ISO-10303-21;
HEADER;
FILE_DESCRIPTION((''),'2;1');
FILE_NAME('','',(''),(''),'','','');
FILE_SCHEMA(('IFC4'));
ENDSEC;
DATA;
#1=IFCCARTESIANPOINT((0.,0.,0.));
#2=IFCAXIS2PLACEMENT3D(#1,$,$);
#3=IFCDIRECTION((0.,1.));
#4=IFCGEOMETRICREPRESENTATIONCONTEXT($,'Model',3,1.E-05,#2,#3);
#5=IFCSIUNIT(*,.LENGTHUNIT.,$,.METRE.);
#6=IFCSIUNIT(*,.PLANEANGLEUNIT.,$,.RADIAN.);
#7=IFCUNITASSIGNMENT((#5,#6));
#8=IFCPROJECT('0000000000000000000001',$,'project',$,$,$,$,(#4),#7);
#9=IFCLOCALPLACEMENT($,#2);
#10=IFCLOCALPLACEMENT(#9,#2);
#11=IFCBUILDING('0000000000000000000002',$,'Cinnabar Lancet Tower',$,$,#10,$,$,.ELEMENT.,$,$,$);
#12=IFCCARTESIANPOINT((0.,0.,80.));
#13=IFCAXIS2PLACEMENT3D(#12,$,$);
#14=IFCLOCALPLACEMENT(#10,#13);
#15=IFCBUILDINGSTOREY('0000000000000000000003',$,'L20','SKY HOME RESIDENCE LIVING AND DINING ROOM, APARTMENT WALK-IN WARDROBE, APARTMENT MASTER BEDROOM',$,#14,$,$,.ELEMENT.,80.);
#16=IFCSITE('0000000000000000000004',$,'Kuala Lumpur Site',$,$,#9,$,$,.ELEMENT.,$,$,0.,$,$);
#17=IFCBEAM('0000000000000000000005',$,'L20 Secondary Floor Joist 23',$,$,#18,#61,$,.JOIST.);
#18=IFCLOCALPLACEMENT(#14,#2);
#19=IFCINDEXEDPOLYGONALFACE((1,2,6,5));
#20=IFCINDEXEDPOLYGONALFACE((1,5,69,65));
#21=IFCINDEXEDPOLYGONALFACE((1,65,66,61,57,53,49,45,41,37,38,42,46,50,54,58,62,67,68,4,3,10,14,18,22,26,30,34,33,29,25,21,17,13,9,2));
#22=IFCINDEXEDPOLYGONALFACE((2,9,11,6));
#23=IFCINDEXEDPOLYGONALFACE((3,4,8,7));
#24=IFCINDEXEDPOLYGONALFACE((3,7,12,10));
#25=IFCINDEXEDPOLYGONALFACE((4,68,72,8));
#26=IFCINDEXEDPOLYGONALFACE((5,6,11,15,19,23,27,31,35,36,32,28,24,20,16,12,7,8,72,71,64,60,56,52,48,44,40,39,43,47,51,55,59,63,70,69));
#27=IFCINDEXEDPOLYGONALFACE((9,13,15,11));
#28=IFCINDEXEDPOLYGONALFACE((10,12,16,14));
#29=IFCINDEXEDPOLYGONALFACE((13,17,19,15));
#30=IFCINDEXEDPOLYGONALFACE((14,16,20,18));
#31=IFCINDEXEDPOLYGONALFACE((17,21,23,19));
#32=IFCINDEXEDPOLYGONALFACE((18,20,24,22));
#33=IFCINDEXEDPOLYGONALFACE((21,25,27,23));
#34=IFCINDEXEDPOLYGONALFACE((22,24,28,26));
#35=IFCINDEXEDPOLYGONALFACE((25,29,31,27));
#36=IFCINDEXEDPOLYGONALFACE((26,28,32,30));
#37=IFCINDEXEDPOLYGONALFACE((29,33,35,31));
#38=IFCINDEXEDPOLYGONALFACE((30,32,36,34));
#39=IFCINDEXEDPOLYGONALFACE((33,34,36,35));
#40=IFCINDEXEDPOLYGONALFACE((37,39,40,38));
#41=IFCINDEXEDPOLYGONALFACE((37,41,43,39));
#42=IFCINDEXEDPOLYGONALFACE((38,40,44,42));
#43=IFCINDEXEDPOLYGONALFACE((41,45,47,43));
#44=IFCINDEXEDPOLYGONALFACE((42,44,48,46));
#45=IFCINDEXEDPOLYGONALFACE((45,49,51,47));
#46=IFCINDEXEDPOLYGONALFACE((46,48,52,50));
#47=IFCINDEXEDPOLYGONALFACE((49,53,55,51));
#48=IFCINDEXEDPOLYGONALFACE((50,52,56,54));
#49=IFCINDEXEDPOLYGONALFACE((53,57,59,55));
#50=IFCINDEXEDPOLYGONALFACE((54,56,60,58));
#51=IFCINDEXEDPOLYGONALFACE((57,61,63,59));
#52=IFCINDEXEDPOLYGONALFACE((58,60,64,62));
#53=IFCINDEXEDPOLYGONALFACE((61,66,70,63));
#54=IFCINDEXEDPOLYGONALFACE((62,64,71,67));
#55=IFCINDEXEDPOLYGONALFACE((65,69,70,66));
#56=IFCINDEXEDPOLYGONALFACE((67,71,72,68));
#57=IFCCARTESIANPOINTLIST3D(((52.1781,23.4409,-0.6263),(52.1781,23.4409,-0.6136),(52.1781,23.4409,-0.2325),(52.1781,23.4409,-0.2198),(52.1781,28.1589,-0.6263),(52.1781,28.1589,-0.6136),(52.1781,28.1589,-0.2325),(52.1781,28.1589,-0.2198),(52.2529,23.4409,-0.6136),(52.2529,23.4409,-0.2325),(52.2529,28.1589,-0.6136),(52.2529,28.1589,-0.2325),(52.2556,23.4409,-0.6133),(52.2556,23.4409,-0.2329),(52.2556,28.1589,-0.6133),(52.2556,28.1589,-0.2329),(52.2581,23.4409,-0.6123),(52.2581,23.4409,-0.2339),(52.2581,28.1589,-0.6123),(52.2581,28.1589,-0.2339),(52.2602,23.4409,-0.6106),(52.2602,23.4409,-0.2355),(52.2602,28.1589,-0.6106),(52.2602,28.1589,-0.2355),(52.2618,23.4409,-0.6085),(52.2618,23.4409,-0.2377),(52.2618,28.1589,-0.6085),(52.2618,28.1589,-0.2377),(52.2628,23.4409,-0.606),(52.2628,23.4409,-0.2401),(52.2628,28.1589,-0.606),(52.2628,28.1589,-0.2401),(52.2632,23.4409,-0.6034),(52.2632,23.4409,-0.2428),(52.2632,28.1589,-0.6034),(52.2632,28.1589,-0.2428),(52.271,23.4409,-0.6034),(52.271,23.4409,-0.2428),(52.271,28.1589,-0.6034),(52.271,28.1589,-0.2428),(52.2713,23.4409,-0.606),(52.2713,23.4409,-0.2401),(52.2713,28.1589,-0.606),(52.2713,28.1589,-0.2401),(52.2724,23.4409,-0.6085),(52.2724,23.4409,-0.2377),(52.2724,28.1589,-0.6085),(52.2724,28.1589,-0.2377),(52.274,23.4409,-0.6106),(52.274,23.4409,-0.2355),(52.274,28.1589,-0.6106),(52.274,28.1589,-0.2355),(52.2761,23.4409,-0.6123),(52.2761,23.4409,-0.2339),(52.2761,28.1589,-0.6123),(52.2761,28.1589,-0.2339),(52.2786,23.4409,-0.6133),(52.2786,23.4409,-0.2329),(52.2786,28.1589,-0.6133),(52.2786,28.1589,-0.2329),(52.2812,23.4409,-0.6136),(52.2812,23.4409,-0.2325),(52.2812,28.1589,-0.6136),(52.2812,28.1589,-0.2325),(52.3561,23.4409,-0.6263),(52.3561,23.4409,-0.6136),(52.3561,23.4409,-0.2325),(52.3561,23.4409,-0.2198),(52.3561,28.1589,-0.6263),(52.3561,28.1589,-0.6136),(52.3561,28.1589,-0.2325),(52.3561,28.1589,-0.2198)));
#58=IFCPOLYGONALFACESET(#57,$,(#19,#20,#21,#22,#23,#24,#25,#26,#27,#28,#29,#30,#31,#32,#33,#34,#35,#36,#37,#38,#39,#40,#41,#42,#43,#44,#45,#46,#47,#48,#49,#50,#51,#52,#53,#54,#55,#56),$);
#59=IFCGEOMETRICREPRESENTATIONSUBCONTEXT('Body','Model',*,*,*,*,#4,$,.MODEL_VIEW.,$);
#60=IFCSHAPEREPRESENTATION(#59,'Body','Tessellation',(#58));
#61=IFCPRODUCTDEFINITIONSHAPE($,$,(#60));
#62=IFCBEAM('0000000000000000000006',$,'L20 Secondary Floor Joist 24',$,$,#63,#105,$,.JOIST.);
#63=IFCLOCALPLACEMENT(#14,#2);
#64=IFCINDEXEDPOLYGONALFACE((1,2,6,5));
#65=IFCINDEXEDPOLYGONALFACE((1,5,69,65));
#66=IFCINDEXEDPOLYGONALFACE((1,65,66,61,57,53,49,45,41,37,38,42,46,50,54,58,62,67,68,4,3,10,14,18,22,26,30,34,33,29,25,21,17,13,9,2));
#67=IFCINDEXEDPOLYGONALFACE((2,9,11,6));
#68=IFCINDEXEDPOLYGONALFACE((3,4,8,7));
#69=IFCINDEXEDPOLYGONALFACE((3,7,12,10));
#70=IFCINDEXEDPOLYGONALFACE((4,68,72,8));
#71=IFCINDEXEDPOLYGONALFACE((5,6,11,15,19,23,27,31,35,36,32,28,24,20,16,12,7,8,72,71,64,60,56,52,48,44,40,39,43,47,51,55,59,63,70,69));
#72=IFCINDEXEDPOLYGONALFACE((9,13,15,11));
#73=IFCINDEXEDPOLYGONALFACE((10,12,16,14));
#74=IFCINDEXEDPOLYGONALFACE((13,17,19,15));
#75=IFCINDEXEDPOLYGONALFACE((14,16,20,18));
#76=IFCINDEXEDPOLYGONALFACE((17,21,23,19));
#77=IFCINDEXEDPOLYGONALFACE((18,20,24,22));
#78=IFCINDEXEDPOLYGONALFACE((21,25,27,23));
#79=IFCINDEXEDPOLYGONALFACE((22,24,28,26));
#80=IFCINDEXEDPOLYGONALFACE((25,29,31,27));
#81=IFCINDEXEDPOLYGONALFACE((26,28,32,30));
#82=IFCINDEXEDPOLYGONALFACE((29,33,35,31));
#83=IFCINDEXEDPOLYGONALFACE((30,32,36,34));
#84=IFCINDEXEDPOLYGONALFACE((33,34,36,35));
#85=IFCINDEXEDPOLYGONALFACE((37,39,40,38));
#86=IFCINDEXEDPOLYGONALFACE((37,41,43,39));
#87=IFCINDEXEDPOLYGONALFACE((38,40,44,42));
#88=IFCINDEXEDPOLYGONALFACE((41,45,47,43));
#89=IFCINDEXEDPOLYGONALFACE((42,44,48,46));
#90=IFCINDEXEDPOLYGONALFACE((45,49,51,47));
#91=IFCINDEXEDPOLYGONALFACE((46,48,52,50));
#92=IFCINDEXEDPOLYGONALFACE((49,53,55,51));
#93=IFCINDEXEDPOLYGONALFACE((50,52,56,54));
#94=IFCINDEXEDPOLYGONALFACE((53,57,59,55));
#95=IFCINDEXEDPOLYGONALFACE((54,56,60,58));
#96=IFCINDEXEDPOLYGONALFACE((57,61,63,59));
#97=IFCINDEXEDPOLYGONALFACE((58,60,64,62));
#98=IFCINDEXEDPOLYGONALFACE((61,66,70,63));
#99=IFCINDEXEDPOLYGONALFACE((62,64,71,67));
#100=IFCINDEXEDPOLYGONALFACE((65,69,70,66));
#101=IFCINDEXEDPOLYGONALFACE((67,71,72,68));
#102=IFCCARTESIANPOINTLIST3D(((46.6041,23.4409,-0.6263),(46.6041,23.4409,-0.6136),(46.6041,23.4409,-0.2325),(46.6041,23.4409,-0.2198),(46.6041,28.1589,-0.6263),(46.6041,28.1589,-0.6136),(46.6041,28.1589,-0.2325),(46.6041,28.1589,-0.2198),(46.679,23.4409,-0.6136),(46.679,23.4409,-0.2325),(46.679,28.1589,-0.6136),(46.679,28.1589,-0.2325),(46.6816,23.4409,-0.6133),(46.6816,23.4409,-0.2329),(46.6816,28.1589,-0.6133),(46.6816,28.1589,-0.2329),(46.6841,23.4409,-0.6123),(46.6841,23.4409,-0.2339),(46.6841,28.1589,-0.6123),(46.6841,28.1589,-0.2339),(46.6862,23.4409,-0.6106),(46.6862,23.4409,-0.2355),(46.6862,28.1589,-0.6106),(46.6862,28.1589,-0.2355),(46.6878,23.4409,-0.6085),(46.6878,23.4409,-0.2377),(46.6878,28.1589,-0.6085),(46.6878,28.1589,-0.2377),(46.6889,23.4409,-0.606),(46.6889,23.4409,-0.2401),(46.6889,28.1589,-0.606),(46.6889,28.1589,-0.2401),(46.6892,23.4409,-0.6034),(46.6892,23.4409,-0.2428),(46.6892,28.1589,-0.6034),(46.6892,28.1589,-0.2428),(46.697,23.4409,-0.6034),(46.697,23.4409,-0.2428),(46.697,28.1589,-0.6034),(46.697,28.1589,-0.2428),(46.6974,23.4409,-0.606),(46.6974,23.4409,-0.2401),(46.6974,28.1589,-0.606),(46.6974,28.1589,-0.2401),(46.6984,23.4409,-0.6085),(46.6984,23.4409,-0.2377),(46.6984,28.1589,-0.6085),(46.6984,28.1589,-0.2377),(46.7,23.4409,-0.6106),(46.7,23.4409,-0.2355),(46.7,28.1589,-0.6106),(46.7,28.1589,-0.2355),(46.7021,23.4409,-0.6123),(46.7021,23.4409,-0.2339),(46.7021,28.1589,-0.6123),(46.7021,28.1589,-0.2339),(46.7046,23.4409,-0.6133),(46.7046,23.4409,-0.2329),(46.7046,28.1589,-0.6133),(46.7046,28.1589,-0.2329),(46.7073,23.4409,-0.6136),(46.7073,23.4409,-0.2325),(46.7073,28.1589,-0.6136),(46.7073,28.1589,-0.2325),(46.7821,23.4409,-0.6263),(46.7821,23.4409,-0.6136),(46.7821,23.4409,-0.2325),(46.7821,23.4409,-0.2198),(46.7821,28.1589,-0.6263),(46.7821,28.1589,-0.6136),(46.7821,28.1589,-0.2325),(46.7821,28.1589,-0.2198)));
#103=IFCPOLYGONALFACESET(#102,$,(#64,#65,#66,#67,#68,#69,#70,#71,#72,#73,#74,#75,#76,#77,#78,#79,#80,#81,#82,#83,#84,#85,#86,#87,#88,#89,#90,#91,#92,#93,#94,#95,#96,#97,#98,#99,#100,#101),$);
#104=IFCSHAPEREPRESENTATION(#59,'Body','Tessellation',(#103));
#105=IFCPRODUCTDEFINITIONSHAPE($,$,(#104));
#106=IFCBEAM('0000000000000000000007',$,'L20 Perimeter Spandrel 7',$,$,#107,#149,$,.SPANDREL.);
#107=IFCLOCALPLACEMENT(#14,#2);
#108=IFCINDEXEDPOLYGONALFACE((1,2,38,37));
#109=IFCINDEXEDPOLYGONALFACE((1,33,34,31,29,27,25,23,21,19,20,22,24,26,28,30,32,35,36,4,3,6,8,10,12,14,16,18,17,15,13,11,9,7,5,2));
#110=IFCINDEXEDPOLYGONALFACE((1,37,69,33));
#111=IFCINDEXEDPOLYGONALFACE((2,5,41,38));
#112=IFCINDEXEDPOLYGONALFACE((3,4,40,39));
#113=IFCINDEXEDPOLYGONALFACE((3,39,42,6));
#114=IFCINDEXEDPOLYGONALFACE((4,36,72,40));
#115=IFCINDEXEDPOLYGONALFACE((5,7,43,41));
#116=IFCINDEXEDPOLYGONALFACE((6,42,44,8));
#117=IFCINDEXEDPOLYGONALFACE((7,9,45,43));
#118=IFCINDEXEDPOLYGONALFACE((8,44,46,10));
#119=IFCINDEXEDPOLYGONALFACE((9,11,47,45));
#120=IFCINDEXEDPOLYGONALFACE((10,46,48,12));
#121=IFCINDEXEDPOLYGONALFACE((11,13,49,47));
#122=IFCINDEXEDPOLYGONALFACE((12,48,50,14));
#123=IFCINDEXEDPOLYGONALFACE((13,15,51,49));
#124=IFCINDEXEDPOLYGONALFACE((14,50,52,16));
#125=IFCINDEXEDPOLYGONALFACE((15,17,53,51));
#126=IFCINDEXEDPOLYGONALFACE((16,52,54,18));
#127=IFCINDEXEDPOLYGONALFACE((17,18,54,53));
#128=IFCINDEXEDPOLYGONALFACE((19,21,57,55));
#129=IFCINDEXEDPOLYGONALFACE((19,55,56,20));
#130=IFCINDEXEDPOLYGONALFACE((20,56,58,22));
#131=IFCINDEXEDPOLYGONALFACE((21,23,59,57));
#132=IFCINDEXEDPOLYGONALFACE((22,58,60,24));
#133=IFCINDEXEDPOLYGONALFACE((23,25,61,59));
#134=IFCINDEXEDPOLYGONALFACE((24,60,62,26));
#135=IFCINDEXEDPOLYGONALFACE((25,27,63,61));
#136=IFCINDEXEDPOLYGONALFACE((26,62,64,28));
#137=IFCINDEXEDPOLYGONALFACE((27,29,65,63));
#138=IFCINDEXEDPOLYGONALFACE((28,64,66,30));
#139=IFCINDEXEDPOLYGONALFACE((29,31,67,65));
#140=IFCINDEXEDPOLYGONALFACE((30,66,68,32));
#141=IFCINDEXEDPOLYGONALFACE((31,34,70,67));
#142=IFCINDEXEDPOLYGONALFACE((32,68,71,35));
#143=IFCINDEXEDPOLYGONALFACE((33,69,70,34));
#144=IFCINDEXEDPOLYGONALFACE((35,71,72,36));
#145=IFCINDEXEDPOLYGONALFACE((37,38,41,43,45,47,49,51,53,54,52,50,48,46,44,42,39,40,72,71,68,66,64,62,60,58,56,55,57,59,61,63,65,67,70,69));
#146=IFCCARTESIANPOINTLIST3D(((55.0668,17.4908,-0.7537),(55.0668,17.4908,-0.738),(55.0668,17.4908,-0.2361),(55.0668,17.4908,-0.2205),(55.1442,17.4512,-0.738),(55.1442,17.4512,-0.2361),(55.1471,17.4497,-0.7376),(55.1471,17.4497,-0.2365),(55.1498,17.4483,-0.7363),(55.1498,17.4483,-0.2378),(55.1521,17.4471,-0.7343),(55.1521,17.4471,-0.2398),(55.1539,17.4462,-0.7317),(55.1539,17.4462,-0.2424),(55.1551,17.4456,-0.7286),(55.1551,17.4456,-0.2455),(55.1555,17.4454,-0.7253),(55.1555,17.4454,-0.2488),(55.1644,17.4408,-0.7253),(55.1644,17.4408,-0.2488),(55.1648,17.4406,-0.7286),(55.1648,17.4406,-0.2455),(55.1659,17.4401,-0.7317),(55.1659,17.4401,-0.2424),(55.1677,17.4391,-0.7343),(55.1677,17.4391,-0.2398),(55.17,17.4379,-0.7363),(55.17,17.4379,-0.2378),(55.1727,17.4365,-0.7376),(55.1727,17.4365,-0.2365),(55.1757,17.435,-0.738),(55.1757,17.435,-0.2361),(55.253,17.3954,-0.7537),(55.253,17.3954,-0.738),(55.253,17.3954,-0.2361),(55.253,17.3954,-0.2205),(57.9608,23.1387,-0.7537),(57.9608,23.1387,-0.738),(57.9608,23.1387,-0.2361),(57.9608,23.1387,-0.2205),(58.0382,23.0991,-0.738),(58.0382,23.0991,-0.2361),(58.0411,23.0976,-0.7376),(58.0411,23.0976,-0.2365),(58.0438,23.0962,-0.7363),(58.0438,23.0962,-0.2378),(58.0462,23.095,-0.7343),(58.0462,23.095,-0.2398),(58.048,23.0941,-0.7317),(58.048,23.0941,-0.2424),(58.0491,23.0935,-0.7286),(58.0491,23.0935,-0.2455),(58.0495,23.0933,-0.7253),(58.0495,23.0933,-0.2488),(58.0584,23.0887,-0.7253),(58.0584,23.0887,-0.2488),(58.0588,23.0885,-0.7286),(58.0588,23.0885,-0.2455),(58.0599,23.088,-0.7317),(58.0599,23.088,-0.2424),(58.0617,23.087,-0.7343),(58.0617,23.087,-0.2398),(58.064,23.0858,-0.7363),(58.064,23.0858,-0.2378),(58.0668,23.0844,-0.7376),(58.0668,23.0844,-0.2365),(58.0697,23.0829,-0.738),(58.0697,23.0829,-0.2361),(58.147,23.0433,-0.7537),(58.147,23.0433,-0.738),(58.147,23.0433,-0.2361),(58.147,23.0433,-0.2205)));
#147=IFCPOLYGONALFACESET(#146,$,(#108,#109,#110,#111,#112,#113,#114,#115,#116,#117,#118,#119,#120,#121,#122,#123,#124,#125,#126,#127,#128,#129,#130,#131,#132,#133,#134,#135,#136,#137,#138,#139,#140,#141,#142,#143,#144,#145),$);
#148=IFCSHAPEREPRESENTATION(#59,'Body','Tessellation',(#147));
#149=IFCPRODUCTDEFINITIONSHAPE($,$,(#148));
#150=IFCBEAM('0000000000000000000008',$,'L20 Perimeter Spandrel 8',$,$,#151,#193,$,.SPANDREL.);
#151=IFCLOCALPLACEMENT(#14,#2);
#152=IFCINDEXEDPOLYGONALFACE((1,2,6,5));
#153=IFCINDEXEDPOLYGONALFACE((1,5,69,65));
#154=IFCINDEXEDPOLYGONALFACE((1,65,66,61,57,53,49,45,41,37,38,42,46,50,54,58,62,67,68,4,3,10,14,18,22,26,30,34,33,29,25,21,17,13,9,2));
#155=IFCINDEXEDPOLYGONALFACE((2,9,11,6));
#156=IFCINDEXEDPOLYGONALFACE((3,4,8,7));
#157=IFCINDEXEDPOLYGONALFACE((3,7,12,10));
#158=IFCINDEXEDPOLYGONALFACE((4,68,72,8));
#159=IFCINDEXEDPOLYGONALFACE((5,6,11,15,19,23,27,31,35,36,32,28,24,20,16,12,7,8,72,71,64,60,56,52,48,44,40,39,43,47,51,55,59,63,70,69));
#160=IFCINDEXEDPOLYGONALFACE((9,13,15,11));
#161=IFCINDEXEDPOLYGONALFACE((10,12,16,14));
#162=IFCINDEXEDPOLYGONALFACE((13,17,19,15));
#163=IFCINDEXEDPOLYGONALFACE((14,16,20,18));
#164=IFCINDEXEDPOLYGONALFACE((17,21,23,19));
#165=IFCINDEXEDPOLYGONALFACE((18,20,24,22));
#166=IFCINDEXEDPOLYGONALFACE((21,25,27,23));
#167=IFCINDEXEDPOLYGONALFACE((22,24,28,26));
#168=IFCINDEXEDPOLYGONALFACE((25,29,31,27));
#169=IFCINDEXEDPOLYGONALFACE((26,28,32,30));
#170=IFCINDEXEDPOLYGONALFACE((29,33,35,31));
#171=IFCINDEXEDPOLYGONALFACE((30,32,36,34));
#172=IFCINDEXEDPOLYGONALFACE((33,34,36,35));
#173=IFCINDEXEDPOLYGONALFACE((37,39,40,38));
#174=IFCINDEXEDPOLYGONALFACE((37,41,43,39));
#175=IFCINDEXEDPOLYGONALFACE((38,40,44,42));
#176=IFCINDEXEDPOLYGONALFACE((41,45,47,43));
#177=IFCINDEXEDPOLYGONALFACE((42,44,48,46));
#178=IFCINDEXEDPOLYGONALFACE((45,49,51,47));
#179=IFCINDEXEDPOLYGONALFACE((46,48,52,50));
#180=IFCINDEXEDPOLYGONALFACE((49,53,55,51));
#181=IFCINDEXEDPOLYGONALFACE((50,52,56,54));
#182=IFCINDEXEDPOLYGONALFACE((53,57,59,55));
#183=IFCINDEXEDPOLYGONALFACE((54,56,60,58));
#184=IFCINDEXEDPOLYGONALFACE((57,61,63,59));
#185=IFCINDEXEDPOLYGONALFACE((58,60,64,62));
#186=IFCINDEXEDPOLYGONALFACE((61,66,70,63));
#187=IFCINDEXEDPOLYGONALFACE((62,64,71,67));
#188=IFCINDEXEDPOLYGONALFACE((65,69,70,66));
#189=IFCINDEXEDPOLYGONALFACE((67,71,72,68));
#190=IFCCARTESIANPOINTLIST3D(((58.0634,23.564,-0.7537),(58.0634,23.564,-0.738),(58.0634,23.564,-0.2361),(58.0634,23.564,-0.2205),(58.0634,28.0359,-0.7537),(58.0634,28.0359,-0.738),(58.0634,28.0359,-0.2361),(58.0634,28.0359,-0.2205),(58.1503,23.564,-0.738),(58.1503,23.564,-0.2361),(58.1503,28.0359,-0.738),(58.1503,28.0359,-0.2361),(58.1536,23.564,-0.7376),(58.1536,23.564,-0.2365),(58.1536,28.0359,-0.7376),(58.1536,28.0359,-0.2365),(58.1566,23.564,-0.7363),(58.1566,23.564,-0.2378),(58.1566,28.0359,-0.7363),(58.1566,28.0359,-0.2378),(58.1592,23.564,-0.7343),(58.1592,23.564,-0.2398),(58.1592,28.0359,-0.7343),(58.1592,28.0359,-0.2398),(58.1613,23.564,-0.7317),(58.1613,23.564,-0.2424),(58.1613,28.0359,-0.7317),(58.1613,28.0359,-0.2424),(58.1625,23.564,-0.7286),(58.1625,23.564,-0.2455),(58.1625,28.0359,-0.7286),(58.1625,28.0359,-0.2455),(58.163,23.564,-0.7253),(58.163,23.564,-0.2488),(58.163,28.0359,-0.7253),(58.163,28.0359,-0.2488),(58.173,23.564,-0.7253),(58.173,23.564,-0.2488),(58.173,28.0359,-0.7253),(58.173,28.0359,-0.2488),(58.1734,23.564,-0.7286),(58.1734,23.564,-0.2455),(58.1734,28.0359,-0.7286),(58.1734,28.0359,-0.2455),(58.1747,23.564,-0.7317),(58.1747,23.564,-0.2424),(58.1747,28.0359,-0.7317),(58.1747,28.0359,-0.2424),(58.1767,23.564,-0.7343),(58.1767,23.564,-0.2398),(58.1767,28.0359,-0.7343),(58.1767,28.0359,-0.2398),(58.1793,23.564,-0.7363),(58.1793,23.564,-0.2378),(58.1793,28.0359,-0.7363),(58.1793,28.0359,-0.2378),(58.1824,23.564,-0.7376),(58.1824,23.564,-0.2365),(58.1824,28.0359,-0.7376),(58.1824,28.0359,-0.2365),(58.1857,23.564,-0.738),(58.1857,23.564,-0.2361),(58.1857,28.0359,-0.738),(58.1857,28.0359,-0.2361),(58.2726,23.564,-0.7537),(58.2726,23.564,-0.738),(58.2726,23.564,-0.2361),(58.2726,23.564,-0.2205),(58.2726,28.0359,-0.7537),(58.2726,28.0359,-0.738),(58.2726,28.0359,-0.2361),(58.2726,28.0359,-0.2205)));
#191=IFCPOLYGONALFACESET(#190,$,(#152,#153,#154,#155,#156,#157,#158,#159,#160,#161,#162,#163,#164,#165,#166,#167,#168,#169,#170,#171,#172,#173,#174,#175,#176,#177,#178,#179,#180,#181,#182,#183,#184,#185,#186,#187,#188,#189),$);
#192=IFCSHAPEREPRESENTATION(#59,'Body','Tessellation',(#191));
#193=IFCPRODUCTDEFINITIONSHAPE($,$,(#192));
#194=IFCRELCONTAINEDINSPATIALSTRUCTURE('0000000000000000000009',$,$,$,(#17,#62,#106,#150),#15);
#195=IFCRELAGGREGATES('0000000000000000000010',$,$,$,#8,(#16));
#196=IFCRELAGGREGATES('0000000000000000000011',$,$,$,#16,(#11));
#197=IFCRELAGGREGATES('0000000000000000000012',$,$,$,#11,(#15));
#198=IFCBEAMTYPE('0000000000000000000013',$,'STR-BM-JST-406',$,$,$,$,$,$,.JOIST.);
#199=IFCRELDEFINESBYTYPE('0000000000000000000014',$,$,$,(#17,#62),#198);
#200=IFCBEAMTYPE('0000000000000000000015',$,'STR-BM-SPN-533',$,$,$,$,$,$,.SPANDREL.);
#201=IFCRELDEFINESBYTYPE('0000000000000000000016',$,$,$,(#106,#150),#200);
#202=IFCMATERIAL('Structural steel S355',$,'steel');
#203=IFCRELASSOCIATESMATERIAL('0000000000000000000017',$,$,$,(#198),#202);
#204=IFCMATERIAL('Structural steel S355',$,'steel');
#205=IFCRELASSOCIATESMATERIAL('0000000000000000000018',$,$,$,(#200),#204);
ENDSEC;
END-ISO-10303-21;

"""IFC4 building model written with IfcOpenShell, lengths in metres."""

from ifc_helpers import new_model, si_unit, direction, frame, origin, origin_2d, place, context, subcontext, project, spatial, i_section, extrude, material, material_profile, profile_set, type_object, element, save


model = new_model("IFC4")

# Units and contexts
model_context = context("Model", 3, precision=1e-05, world=origin(), true_north=direction((0.0, 1.0)))
body_context = subcontext(model_context, "Body", "Model", "MODEL_VIEW")
ifc_project = project(units=[si_unit("LENGTHUNIT", "METRE"), si_unit("PLANEANGLEUNIT", "RADIAN")], contexts=[model_context])

# Site, building, storey
site_placement = place(None, origin())
site = spatial("IfcSite", under=ifc_project, at=site_placement, Name="Kuala Lumpur Site", CompositionType="ELEMENT", RefElevation=0.0)
building_placement = place(site_placement, origin())
building = spatial("IfcBuilding", under=site, at=building_placement, Name="Cinnabar Lancet Tower", CompositionType="ELEMENT")
storey_placement = place(building_placement, frame((0.0, 0.0, 80.0)))
storey = spatial("IfcBuildingStorey", under=building, at=storey_placement, Name="L20", Description="SKY HOME RESIDENCE LIVING AND DINING ROOM, APARTMENT WALK-IN WARDROBE, APARTMENT MASTER BEDROOM", CompositionType="ELEMENT", Elevation=80.0)

# Beams
ifc_material_1 = material(Name="Structural steel S355", Category="steel")
ifc_material_profile_1 = material_profile(ifc_material_1, i_section(OverallWidth=0.178, OverallDepth=0.4065, WebThickness=0.0078, FlangeThickness=0.0127, FilletRadius=0.0103, at=origin_2d()), Name="UKB 406x178x60")
ifc_profile_set_1 = profile_set([ifc_material_profile_1], Name="Structural steel S355")
beam_type_1 = type_object("IfcBeamType", Name="STR-BM-JST-406", PredefinedType="JOIST", material=ifc_profile_set_1)
for number, where, z_axis, x_axis, name in (
    (1, (52.2671, 23.4409, -0.4231), (0.0, 1.0, 0.0), (-1.0, 0.0, 0.0), "L20 Secondary Floor Joist 23"),
    (2, (46.6931, 23.4409, -0.4231), (0.0, 1.0, 0.0), (-1.0, 0.0, 0.0), "L20 Secondary Floor Joist 24"),
):
    element("IfcBeam", number, at=place(storey_placement, frame(where, z_axis=z_axis, x_axis=x_axis)), inside=storey, type_object=beam_type_1, Name=name, PredefinedType="JOIST", context=body_context, shape_type="SweptSolid", body=[
        extrude(i_section(OverallWidth=0.178, OverallDepth=0.4065, WebThickness=0.0078, FlangeThickness=0.0127, FilletRadius=0.0103, at=origin_2d()), origin(), (0.0, 0.0, 1.0), 4.718),
    ])
ifc_material_2 = material(Name="Structural steel S355", Category="steel")
ifc_material_profile_2 = material_profile(ifc_material_2, i_section(OverallWidth=0.2092, OverallDepth=0.5332, WebThickness=0.01, FlangeThickness=0.0156, FilletRadius=0.0127, at=origin_2d()), Name="UKB 533x210x92")
ifc_profile_set_2 = profile_set([ifc_material_profile_2], Name="Structural steel S355")
beam_type_2 = type_object("IfcBeamType", Name="STR-BM-SPN-533", PredefinedType="SPANDREL", material=ifc_profile_set_2)
beam_1_placement = place(storey_placement, frame((55.1599, 17.4431, -0.4871), z_axis=(0.456025, 0.889967, 0.0), x_axis=(-0.889967, 0.456025, 0.0)))
element("IfcBeam", 3, at=beam_1_placement, inside=storey, type_object=beam_type_2, Name="L20 Perimeter Spandrel 7", PredefinedType="SPANDREL", context=body_context, shape_type="SweptSolid", body=[
    extrude(i_section(OverallWidth=0.2092, OverallDepth=0.5332, WebThickness=0.01, FlangeThickness=0.0156, FilletRadius=0.0127, at=origin_2d()), origin(), (0.0, 0.0, 1.0), 6.3462),
])
beam_2_placement = place(storey_placement, frame((58.168, 23.564, -0.4871), z_axis=(0.0, 1.0, 0.0), x_axis=(-1.0, 0.0, 0.0)))
element("IfcBeam", 4, at=beam_2_placement, inside=storey, type_object=beam_type_2, Name="L20 Perimeter Spandrel 8", PredefinedType="SPANDREL", context=body_context, shape_type="SweptSolid", body=[
    extrude(i_section(OverallWidth=0.2092, OverallDepth=0.5332, WebThickness=0.01, FlangeThickness=0.0156, FilletRadius=0.0127, at=origin_2d()), origin(), (0.0, 0.0, 1.0), 4.4719),
])

save(model, "model.ifc")
